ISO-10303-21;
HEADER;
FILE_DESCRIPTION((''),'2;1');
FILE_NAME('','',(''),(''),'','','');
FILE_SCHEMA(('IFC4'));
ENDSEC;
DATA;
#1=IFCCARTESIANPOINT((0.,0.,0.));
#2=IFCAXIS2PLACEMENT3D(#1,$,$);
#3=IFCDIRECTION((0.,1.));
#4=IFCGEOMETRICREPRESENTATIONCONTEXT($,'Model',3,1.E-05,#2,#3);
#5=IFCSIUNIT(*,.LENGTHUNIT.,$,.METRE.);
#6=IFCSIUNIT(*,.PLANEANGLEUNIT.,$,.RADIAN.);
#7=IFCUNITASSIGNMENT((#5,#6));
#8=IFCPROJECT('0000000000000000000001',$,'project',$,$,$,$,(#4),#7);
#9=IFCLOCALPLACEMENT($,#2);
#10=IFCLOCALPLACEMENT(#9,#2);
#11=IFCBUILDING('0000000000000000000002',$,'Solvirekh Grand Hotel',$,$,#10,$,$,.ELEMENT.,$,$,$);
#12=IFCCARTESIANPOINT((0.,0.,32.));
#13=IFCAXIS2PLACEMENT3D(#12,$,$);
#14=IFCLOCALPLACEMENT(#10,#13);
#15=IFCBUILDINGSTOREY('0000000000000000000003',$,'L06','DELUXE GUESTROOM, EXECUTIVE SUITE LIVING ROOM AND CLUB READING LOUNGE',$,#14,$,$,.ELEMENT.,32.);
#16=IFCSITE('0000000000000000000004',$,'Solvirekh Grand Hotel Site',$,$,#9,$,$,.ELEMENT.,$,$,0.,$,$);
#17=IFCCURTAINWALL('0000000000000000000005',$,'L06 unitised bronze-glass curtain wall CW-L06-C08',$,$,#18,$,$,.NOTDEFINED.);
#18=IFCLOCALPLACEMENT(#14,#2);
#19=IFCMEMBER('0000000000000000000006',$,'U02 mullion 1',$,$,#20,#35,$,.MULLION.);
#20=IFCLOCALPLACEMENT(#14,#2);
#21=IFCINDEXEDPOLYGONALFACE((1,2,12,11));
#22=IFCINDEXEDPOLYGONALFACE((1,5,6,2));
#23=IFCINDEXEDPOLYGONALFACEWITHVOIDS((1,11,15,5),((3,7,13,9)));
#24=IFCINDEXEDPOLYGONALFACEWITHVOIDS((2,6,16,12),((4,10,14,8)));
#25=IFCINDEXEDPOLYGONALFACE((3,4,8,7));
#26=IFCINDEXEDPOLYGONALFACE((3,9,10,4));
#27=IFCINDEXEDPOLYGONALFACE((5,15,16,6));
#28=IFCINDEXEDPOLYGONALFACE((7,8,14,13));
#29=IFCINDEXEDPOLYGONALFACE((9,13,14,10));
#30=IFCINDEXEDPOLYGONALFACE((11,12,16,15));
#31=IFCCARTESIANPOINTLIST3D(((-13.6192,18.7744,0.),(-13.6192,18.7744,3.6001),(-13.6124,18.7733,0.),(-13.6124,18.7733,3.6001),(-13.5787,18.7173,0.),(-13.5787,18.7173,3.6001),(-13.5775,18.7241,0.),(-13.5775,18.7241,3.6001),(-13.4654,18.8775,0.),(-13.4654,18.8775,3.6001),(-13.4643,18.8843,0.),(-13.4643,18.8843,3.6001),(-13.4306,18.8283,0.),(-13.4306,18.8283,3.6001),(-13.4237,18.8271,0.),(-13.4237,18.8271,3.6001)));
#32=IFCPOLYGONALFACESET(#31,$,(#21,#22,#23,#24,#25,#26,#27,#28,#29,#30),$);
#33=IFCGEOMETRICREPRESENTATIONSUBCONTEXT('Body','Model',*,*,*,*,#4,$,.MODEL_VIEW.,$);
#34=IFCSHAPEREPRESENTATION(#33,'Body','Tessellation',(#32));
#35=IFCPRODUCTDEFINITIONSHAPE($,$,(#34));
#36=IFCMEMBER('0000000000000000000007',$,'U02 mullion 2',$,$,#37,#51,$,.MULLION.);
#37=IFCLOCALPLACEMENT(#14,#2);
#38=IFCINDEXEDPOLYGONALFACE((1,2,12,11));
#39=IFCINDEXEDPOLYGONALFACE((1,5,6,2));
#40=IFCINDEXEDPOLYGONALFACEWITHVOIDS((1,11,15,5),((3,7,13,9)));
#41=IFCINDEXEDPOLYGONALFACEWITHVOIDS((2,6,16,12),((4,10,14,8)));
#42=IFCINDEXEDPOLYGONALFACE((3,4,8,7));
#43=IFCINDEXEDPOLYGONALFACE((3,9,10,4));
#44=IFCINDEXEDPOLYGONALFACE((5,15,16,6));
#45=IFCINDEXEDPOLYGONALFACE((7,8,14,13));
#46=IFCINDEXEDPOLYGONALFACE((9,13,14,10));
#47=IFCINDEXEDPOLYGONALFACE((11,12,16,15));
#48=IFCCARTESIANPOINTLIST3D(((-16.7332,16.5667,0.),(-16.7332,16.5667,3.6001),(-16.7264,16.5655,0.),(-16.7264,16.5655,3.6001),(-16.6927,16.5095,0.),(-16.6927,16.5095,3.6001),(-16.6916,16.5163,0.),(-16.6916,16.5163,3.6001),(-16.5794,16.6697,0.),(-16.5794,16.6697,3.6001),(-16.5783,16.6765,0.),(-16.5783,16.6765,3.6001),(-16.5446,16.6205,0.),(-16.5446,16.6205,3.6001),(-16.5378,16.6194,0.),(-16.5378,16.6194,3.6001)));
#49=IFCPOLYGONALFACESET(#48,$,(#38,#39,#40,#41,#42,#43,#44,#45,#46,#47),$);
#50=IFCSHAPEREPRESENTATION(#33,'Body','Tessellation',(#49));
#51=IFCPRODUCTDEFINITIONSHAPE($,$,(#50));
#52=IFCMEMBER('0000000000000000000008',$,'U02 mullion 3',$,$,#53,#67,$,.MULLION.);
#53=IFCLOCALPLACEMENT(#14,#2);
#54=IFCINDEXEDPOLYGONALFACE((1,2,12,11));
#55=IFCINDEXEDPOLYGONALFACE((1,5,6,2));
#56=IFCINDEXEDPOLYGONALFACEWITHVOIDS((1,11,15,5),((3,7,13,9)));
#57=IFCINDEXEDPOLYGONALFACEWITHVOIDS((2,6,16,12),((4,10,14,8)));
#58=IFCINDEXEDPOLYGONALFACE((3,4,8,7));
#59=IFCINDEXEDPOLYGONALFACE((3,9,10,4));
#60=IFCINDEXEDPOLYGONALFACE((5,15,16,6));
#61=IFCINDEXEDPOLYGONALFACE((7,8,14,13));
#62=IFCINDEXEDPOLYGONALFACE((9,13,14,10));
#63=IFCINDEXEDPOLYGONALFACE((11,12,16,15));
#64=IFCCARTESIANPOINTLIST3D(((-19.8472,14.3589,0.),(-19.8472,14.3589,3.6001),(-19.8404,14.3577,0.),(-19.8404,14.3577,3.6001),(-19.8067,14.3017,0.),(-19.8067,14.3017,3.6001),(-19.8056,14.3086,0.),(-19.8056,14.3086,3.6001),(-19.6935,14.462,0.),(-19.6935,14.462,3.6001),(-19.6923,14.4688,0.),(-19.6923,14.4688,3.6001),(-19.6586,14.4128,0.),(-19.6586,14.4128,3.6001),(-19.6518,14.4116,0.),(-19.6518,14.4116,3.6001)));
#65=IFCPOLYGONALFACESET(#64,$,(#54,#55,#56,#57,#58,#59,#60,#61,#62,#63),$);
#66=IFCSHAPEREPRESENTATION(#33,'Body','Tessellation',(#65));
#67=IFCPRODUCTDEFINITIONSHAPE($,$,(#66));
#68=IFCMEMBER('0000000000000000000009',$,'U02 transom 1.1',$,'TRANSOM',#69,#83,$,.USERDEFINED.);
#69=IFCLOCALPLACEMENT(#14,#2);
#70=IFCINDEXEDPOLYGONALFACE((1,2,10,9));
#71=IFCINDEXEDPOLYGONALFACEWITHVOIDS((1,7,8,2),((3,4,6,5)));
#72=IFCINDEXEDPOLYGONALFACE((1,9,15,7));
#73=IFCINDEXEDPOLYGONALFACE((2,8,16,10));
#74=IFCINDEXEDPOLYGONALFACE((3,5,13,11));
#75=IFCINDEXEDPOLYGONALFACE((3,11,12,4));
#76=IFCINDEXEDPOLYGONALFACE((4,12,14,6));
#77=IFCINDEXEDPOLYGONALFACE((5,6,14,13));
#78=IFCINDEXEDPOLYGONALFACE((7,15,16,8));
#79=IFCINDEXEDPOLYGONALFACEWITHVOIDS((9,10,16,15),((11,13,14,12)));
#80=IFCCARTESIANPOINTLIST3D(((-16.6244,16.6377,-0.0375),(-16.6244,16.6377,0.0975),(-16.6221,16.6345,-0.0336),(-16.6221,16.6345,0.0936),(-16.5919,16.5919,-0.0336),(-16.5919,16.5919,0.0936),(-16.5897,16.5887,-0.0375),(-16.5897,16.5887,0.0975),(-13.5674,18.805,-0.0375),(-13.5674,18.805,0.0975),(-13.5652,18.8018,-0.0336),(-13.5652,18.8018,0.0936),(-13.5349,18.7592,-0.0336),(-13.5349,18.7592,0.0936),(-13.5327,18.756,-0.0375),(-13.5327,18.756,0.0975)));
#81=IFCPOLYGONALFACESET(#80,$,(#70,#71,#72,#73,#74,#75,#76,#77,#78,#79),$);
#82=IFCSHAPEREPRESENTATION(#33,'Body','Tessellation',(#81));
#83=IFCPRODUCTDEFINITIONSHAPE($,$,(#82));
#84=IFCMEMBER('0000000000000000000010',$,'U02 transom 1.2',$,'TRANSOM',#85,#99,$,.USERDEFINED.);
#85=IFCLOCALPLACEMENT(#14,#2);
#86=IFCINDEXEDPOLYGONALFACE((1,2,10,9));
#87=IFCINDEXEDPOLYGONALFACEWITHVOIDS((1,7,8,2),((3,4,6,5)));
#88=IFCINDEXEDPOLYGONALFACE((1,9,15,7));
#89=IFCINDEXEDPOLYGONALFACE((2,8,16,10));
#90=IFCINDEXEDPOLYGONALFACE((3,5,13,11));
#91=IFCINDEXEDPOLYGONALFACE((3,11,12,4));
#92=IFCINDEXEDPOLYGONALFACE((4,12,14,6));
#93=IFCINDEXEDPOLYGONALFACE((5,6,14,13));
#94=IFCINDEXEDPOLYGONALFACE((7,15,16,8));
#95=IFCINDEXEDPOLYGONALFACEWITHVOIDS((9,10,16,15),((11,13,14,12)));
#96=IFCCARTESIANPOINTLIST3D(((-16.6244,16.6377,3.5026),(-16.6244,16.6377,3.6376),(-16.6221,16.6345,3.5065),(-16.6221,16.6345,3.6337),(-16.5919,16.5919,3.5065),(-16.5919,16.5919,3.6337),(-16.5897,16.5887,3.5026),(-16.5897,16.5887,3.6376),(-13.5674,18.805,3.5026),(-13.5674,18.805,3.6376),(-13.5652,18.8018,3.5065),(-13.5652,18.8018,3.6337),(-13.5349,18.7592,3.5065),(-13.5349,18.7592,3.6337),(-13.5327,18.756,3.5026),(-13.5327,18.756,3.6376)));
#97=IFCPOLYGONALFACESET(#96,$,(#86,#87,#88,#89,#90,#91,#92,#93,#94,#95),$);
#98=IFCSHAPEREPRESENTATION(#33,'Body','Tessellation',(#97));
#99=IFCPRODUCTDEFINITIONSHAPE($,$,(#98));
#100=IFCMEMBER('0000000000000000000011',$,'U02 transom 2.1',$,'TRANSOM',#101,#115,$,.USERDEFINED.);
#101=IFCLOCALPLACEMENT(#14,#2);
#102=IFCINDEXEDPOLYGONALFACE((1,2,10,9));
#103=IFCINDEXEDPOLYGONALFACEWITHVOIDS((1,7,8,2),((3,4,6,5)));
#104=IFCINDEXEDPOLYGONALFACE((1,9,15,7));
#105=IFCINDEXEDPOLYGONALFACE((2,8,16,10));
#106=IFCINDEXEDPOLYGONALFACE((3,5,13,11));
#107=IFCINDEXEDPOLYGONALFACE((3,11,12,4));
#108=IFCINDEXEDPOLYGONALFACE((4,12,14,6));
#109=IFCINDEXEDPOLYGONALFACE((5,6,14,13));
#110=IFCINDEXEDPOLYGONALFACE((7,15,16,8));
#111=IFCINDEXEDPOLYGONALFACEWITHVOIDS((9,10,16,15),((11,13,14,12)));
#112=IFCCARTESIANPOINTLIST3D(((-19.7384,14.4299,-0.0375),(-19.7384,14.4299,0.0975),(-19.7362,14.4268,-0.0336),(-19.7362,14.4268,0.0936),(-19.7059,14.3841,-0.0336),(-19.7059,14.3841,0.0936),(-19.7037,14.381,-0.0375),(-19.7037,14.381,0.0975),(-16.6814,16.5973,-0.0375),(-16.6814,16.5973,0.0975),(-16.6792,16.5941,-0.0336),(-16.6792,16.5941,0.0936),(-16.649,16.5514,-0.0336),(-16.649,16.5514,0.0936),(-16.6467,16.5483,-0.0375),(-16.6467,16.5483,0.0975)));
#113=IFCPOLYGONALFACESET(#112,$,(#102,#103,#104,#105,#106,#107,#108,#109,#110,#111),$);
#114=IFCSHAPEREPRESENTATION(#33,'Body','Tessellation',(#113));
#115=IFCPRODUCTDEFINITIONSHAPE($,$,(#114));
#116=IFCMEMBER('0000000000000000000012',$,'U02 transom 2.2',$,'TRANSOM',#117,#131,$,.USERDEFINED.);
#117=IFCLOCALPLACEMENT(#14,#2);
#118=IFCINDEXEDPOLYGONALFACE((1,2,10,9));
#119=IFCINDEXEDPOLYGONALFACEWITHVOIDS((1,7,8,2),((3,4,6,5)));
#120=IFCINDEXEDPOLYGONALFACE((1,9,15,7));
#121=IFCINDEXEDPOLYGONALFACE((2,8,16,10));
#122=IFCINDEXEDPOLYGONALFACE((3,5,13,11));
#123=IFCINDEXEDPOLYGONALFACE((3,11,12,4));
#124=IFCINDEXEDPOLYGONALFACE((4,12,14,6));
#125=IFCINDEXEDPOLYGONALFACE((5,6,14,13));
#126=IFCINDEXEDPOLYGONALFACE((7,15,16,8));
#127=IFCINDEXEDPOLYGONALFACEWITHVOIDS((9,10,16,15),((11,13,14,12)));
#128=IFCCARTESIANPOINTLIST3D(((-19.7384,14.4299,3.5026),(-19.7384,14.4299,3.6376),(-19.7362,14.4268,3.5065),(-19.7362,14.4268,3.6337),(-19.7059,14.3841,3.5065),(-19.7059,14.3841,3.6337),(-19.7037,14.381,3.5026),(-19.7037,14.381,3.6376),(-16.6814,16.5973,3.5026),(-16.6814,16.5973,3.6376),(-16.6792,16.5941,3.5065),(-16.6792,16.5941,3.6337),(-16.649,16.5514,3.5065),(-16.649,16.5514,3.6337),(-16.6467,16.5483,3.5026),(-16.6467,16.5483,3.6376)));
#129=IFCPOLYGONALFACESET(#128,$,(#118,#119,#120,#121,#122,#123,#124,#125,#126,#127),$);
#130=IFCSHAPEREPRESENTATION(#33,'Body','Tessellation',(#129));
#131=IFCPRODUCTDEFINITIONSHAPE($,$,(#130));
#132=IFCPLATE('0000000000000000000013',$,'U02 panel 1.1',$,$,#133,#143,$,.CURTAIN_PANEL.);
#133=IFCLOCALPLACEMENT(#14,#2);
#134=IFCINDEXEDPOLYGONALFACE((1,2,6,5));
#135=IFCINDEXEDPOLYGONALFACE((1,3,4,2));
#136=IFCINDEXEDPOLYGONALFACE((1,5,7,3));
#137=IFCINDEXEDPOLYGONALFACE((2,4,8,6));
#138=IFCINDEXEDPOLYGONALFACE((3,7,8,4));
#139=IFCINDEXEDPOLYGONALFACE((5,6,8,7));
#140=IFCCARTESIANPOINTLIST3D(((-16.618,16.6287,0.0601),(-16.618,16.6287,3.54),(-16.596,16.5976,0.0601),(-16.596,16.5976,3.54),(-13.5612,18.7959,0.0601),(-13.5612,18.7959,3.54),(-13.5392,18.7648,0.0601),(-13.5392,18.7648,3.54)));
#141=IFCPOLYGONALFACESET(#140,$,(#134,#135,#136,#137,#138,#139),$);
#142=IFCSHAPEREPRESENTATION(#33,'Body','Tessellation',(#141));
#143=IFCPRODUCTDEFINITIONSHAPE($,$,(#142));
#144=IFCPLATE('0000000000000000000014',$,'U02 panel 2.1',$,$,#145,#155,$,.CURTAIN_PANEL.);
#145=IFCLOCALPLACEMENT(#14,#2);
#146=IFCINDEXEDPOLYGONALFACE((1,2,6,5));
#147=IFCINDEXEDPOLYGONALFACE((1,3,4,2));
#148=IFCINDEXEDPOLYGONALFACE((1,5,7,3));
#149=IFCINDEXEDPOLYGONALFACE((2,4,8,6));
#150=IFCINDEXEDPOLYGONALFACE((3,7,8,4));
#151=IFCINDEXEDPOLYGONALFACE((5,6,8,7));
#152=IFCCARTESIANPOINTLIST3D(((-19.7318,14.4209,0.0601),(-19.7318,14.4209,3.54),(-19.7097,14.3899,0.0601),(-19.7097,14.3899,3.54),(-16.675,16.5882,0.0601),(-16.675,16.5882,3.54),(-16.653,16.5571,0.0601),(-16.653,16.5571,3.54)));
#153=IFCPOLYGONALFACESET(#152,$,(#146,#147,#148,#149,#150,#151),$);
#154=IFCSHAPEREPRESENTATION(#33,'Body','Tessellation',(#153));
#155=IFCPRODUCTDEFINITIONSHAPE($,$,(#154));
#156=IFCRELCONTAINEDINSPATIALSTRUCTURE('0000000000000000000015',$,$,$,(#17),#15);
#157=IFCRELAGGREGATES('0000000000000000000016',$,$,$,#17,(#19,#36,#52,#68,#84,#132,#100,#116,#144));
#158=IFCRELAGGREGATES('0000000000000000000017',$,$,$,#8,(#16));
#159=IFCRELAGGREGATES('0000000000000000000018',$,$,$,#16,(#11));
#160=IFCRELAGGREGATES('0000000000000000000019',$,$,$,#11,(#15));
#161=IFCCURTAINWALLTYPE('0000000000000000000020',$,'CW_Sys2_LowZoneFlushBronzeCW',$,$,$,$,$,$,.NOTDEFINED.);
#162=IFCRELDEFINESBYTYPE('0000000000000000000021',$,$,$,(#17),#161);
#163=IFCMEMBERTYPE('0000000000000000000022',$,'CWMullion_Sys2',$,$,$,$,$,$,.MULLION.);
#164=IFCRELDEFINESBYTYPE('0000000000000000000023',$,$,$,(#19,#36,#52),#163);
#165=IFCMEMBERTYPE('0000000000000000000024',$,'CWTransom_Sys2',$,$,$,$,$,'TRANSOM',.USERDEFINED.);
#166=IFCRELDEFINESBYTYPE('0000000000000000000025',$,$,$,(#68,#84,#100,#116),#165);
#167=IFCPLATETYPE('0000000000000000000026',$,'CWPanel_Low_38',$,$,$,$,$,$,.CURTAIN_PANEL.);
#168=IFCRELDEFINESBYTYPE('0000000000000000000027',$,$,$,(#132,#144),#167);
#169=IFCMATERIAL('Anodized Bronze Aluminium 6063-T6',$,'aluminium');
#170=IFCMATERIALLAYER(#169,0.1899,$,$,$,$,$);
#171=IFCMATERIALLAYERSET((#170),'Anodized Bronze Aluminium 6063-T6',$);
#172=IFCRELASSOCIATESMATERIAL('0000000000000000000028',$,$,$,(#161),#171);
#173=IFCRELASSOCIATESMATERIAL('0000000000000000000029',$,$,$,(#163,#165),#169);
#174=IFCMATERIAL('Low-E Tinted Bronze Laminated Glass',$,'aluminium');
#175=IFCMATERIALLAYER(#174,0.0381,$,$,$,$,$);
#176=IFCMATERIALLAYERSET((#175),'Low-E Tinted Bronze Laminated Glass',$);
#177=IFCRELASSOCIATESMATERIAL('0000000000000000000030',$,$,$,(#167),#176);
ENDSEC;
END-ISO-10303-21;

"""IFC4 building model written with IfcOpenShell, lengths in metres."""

from ifc_helpers import new_model, si_unit, direction, frame, origin, origin_2d, place, context, subcontext, project, spatial, rectangle, hollow_rectangle, extrude, source, transform, mapped, material, layer, layer_set, material_profile, profile_set, type_object, element, aggregate, save


model = new_model("IFC4")

# Units and contexts
model_context = context("Model", 3, precision=1e-05, world=origin(), true_north=direction((0.0, 1.0)))
body_context = subcontext(model_context, "Body", "Model", "MODEL_VIEW")
ifc_project = project(units=[si_unit("LENGTHUNIT", "METRE"), si_unit("PLANEANGLEUNIT", "RADIAN")], contexts=[model_context])

# Site, building, storey
site_placement = place(None, origin())
site = spatial("IfcSite", under=ifc_project, at=site_placement, Name="Solvirekh Grand Hotel Site", CompositionType="ELEMENT", RefElevation=0.0)
building_placement = place(site_placement, origin())
building = spatial("IfcBuilding", under=site, at=building_placement, Name="Solvirekh Grand Hotel", CompositionType="ELEMENT")
storey_placement = place(building_placement, frame((0.0, 0.0, 32.0)))
storey = spatial("IfcBuildingStorey", under=building, at=storey_placement, Name="L06", Description="DELUXE GUESTROOM, EXECUTIVE SUITE LIVING ROOM AND CLUB READING LOUNGE", CompositionType="ELEMENT", Elevation=32.0)

# Curtain wall, members, plates
ifc_material_1 = material(Name="Anodized Bronze Aluminium 6063-T6", Category="aluminium")
ifc_layer_1 = layer(ifc_material_1, 0.1899)
ifc_layer_set_1 = layer_set([ifc_layer_1], Name="Anodized Bronze Aluminium 6063-T6")
curtain_wall_type = type_object("IfcCurtainWallType", Name="CW_Sys2_LowZoneFlushBronzeCW", PredefinedType="NOTDEFINED", material=ifc_layer_set_1)
curtain_wall_placement = place(storey_placement, origin())
curtain_wall = element("IfcCurtainWall", 1, at=curtain_wall_placement, inside=storey, type_object=curtain_wall_type, Name="L06 unitised bronze-glass curtain wall CW-L06-C08", PredefinedType="NOTDEFINED")
ifc_material_profile_1 = material_profile(ifc_material_1, hollow_rectangle(XDim=0.0701, YDim=0.1899, WallThickness=0.0049, at=origin_2d()), Name="ALU RHS 190X70X5")
ifc_profile_set_1 = profile_set([ifc_material_profile_1], Name="Anodized Bronze Aluminium 6063-T6")
member_type_1 = type_object("IfcMemberType", Name="CWMullion_Sys2", PredefinedType="MULLION", material=ifc_profile_set_1)
shared_shape_1 = source(origin(), body_context, "Body", "SweptSolid", [
    extrude(hollow_rectangle(XDim=0.0701, YDim=0.1899, WallThickness=0.0049, at=origin_2d()), origin(), (0.0, 0.0, 1.0), 3.6001),
])
member_1_placement = place(storey_placement, frame((-13.5215, 18.8008, 0.0), z_axis=(0.0, 0.0, 1.0), x_axis=(0.578374, -0.815772, 0.0)))
member_1 = element("IfcMember", 2, at=member_1_placement, type_object=member_type_1, Name="U02 mullion 1", PredefinedType="MULLION", context=body_context, shape_type="MappedRepresentation", body=[
    mapped(shared_shape_1, transform((0.0, 0.0, 0.0), x_axis=(1.0, 0.0, 0.0), y_axis=(0.0, 1.0, 0.0), z_axis=(0.0, 0.0, 1.0), scale=1.0)),
])
member_2_placement = place(storey_placement, frame((-16.6355, 16.593, 0.0), z_axis=(0.0, 0.0, 1.0), x_axis=(0.578374, -0.815772, 0.0)))
member_2 = element("IfcMember", 3, at=member_2_placement, type_object=member_type_1, Name="U02 mullion 2", PredefinedType="MULLION", context=body_context, shape_type="MappedRepresentation", body=[
    mapped(shared_shape_1, transform((0.0, 0.0, 0.0), x_axis=(1.0, 0.0, 0.0), y_axis=(0.0, 1.0, 0.0), z_axis=(0.0, 0.0, 1.0), scale=1.0)),
])
member_3_placement = place(storey_placement, frame((-19.7495, 14.3853, 0.0), z_axis=(0.0, 0.0, 1.0), x_axis=(0.578374, -0.815772, 0.0)))
member_3 = element("IfcMember", 4, at=member_3_placement, type_object=member_type_1, Name="U02 mullion 3", PredefinedType="MULLION", context=body_context, shape_type="MappedRepresentation", body=[
    mapped(shared_shape_1, transform((0.0, 0.0, 0.0), x_axis=(1.0, 0.0, 0.0), y_axis=(0.0, 1.0, 0.0), z_axis=(0.0, 0.0, 1.0), scale=1.0)),
])
ifc_material_profile_2 = material_profile(ifc_material_1, hollow_rectangle(XDim=0.0601, YDim=0.135, WallThickness=0.0039, at=origin_2d()), Name="ALU RHS 135X60X4")
ifc_profile_set_2 = profile_set([ifc_material_profile_2], Name="Anodized Bronze Aluminium 6063-T6")
member_type_2 = type_object("IfcMemberType", Name="CWTransom_Sys2", ElementType="TRANSOM", PredefinedType="USERDEFINED", material=ifc_profile_set_2)
shared_shape_2 = source(origin(), body_context, "Body", "SweptSolid", [
    extrude(hollow_rectangle(XDim=0.0601, YDim=0.135, WallThickness=0.0039, at=origin_2d()), origin(), (0.0, 0.0, 1.0), 3.7473),
])
member_4_placement = place(storey_placement, frame((-13.55, 18.7805, 0.03), z_axis=(-0.81578, -0.578363, 0.0), x_axis=(0.578363, -0.81578, 0.0)))
member_4 = element("IfcMember", 5, at=member_4_placement, type_object=member_type_2, Name="U02 transom 1.1", ObjectType="TRANSOM", PredefinedType="USERDEFINED", context=body_context, shape_type="MappedRepresentation", body=[
    mapped(shared_shape_2, transform((0.0, 0.0, 0.0), x_axis=(1.0, 0.0, 0.0), y_axis=(0.0, 1.0, 0.0), z_axis=(0.0, 0.0, 1.0), scale=1.0)),
])
member_5_placement = place(storey_placement, frame((-13.55, 18.7805, 3.5701), z_axis=(-0.81578, -0.578363, 0.0), x_axis=(0.578363, -0.81578, 0.0)))
member_5 = element("IfcMember", 6, at=member_5_placement, type_object=member_type_2, Name="U02 transom 1.2", ObjectType="TRANSOM", PredefinedType="USERDEFINED", context=body_context, shape_type="MappedRepresentation", body=[
    mapped(shared_shape_2, transform((0.0, 0.0, 0.0), x_axis=(1.0, 0.0, 0.0), y_axis=(0.0, 1.0, 0.0), z_axis=(0.0, 0.0, 1.0), scale=1.0)),
])
member_6_placement = place(storey_placement, frame((-16.6641, 16.5728, 0.03), z_axis=(-0.81578, -0.578363, 0.0), x_axis=(0.578363, -0.81578, 0.0)))
member_6 = element("IfcMember", 7, at=member_6_placement, type_object=member_type_2, Name="U02 transom 2.1", ObjectType="TRANSOM", PredefinedType="USERDEFINED", context=body_context, shape_type="MappedRepresentation", body=[
    mapped(shared_shape_2, transform((0.0, 0.0, 0.0), x_axis=(1.0, 0.0, 0.0), y_axis=(0.0, 1.0, 0.0), z_axis=(0.0, 0.0, 1.0), scale=1.0)),
])
member_7_placement = place(storey_placement, frame((-16.6641, 16.5728, 3.5701), z_axis=(-0.81578, -0.578363, 0.0), x_axis=(0.578363, -0.81578, 0.0)))
member_7 = element("IfcMember", 8, at=member_7_placement, type_object=member_type_2, Name="U02 transom 2.2", ObjectType="TRANSOM", PredefinedType="USERDEFINED", context=body_context, shape_type="MappedRepresentation", body=[
    mapped(shared_shape_2, transform((0.0, 0.0, 0.0), x_axis=(1.0, 0.0, 0.0), y_axis=(0.0, 1.0, 0.0), z_axis=(0.0, 0.0, 1.0), scale=1.0)),
])
ifc_material_2 = material(Name="Low-E Tinted Bronze Laminated Glass", Category="aluminium")
ifc_layer_2 = layer(ifc_material_2, 0.0381)
ifc_layer_set_2 = layer_set([ifc_layer_2], Name="Low-E Tinted Bronze Laminated Glass")
plate_type = type_object("IfcPlateType", Name="CWPanel_Low_38", PredefinedType="CURTAIN_PANEL", material=ifc_layer_set_2)
shared_shape_3 = source(origin(), body_context, "Body", "SweptSolid", [
    extrude(rectangle(XDim=3.7471, YDim=0.0381, at=origin_2d()), origin(), (0.0, 0.0, 1.0), 3.48),
])
plate_1_placement = place(storey_placement, frame((-15.0786, 17.6968, 0.0601), z_axis=(0.0, 0.0, 1.0), x_axis=(-0.815772, -0.578374, 0.0)))
plate_1 = element("IfcPlate", 9, at=plate_1_placement, type_object=plate_type, Name="U02 panel 1.1", PredefinedType="CURTAIN_PANEL", context=body_context, shape_type="MappedRepresentation", body=[
    mapped(shared_shape_3, transform((0.0, 0.0, 0.0), x_axis=(1.0, 0.0, 0.0), y_axis=(0.0, 1.0, 0.0), z_axis=(0.0, 0.0, 1.0), scale=1.0)),
])
plate_2_placement = place(storey_placement, frame((-18.1924, 15.489, 0.0601), z_axis=(0.0, 0.0, 1.0), x_axis=(-0.815772, -0.578374, 0.0)))
plate_2 = element("IfcPlate", 10, at=plate_2_placement, type_object=plate_type, Name="U02 panel 2.1", PredefinedType="CURTAIN_PANEL", context=body_context, shape_type="MappedRepresentation", body=[
    mapped(shared_shape_3, transform((0.0, 0.0, 0.0), x_axis=(1.0, 0.0, 0.0), y_axis=(0.0, 1.0, 0.0), z_axis=(0.0, 0.0, 1.0), scale=1.0)),
])
aggregate(curtain_wall, [member_1, member_2, member_3, member_4, member_5, plate_1, member_6, member_7, plate_2])

save(model, "model.ifc")
